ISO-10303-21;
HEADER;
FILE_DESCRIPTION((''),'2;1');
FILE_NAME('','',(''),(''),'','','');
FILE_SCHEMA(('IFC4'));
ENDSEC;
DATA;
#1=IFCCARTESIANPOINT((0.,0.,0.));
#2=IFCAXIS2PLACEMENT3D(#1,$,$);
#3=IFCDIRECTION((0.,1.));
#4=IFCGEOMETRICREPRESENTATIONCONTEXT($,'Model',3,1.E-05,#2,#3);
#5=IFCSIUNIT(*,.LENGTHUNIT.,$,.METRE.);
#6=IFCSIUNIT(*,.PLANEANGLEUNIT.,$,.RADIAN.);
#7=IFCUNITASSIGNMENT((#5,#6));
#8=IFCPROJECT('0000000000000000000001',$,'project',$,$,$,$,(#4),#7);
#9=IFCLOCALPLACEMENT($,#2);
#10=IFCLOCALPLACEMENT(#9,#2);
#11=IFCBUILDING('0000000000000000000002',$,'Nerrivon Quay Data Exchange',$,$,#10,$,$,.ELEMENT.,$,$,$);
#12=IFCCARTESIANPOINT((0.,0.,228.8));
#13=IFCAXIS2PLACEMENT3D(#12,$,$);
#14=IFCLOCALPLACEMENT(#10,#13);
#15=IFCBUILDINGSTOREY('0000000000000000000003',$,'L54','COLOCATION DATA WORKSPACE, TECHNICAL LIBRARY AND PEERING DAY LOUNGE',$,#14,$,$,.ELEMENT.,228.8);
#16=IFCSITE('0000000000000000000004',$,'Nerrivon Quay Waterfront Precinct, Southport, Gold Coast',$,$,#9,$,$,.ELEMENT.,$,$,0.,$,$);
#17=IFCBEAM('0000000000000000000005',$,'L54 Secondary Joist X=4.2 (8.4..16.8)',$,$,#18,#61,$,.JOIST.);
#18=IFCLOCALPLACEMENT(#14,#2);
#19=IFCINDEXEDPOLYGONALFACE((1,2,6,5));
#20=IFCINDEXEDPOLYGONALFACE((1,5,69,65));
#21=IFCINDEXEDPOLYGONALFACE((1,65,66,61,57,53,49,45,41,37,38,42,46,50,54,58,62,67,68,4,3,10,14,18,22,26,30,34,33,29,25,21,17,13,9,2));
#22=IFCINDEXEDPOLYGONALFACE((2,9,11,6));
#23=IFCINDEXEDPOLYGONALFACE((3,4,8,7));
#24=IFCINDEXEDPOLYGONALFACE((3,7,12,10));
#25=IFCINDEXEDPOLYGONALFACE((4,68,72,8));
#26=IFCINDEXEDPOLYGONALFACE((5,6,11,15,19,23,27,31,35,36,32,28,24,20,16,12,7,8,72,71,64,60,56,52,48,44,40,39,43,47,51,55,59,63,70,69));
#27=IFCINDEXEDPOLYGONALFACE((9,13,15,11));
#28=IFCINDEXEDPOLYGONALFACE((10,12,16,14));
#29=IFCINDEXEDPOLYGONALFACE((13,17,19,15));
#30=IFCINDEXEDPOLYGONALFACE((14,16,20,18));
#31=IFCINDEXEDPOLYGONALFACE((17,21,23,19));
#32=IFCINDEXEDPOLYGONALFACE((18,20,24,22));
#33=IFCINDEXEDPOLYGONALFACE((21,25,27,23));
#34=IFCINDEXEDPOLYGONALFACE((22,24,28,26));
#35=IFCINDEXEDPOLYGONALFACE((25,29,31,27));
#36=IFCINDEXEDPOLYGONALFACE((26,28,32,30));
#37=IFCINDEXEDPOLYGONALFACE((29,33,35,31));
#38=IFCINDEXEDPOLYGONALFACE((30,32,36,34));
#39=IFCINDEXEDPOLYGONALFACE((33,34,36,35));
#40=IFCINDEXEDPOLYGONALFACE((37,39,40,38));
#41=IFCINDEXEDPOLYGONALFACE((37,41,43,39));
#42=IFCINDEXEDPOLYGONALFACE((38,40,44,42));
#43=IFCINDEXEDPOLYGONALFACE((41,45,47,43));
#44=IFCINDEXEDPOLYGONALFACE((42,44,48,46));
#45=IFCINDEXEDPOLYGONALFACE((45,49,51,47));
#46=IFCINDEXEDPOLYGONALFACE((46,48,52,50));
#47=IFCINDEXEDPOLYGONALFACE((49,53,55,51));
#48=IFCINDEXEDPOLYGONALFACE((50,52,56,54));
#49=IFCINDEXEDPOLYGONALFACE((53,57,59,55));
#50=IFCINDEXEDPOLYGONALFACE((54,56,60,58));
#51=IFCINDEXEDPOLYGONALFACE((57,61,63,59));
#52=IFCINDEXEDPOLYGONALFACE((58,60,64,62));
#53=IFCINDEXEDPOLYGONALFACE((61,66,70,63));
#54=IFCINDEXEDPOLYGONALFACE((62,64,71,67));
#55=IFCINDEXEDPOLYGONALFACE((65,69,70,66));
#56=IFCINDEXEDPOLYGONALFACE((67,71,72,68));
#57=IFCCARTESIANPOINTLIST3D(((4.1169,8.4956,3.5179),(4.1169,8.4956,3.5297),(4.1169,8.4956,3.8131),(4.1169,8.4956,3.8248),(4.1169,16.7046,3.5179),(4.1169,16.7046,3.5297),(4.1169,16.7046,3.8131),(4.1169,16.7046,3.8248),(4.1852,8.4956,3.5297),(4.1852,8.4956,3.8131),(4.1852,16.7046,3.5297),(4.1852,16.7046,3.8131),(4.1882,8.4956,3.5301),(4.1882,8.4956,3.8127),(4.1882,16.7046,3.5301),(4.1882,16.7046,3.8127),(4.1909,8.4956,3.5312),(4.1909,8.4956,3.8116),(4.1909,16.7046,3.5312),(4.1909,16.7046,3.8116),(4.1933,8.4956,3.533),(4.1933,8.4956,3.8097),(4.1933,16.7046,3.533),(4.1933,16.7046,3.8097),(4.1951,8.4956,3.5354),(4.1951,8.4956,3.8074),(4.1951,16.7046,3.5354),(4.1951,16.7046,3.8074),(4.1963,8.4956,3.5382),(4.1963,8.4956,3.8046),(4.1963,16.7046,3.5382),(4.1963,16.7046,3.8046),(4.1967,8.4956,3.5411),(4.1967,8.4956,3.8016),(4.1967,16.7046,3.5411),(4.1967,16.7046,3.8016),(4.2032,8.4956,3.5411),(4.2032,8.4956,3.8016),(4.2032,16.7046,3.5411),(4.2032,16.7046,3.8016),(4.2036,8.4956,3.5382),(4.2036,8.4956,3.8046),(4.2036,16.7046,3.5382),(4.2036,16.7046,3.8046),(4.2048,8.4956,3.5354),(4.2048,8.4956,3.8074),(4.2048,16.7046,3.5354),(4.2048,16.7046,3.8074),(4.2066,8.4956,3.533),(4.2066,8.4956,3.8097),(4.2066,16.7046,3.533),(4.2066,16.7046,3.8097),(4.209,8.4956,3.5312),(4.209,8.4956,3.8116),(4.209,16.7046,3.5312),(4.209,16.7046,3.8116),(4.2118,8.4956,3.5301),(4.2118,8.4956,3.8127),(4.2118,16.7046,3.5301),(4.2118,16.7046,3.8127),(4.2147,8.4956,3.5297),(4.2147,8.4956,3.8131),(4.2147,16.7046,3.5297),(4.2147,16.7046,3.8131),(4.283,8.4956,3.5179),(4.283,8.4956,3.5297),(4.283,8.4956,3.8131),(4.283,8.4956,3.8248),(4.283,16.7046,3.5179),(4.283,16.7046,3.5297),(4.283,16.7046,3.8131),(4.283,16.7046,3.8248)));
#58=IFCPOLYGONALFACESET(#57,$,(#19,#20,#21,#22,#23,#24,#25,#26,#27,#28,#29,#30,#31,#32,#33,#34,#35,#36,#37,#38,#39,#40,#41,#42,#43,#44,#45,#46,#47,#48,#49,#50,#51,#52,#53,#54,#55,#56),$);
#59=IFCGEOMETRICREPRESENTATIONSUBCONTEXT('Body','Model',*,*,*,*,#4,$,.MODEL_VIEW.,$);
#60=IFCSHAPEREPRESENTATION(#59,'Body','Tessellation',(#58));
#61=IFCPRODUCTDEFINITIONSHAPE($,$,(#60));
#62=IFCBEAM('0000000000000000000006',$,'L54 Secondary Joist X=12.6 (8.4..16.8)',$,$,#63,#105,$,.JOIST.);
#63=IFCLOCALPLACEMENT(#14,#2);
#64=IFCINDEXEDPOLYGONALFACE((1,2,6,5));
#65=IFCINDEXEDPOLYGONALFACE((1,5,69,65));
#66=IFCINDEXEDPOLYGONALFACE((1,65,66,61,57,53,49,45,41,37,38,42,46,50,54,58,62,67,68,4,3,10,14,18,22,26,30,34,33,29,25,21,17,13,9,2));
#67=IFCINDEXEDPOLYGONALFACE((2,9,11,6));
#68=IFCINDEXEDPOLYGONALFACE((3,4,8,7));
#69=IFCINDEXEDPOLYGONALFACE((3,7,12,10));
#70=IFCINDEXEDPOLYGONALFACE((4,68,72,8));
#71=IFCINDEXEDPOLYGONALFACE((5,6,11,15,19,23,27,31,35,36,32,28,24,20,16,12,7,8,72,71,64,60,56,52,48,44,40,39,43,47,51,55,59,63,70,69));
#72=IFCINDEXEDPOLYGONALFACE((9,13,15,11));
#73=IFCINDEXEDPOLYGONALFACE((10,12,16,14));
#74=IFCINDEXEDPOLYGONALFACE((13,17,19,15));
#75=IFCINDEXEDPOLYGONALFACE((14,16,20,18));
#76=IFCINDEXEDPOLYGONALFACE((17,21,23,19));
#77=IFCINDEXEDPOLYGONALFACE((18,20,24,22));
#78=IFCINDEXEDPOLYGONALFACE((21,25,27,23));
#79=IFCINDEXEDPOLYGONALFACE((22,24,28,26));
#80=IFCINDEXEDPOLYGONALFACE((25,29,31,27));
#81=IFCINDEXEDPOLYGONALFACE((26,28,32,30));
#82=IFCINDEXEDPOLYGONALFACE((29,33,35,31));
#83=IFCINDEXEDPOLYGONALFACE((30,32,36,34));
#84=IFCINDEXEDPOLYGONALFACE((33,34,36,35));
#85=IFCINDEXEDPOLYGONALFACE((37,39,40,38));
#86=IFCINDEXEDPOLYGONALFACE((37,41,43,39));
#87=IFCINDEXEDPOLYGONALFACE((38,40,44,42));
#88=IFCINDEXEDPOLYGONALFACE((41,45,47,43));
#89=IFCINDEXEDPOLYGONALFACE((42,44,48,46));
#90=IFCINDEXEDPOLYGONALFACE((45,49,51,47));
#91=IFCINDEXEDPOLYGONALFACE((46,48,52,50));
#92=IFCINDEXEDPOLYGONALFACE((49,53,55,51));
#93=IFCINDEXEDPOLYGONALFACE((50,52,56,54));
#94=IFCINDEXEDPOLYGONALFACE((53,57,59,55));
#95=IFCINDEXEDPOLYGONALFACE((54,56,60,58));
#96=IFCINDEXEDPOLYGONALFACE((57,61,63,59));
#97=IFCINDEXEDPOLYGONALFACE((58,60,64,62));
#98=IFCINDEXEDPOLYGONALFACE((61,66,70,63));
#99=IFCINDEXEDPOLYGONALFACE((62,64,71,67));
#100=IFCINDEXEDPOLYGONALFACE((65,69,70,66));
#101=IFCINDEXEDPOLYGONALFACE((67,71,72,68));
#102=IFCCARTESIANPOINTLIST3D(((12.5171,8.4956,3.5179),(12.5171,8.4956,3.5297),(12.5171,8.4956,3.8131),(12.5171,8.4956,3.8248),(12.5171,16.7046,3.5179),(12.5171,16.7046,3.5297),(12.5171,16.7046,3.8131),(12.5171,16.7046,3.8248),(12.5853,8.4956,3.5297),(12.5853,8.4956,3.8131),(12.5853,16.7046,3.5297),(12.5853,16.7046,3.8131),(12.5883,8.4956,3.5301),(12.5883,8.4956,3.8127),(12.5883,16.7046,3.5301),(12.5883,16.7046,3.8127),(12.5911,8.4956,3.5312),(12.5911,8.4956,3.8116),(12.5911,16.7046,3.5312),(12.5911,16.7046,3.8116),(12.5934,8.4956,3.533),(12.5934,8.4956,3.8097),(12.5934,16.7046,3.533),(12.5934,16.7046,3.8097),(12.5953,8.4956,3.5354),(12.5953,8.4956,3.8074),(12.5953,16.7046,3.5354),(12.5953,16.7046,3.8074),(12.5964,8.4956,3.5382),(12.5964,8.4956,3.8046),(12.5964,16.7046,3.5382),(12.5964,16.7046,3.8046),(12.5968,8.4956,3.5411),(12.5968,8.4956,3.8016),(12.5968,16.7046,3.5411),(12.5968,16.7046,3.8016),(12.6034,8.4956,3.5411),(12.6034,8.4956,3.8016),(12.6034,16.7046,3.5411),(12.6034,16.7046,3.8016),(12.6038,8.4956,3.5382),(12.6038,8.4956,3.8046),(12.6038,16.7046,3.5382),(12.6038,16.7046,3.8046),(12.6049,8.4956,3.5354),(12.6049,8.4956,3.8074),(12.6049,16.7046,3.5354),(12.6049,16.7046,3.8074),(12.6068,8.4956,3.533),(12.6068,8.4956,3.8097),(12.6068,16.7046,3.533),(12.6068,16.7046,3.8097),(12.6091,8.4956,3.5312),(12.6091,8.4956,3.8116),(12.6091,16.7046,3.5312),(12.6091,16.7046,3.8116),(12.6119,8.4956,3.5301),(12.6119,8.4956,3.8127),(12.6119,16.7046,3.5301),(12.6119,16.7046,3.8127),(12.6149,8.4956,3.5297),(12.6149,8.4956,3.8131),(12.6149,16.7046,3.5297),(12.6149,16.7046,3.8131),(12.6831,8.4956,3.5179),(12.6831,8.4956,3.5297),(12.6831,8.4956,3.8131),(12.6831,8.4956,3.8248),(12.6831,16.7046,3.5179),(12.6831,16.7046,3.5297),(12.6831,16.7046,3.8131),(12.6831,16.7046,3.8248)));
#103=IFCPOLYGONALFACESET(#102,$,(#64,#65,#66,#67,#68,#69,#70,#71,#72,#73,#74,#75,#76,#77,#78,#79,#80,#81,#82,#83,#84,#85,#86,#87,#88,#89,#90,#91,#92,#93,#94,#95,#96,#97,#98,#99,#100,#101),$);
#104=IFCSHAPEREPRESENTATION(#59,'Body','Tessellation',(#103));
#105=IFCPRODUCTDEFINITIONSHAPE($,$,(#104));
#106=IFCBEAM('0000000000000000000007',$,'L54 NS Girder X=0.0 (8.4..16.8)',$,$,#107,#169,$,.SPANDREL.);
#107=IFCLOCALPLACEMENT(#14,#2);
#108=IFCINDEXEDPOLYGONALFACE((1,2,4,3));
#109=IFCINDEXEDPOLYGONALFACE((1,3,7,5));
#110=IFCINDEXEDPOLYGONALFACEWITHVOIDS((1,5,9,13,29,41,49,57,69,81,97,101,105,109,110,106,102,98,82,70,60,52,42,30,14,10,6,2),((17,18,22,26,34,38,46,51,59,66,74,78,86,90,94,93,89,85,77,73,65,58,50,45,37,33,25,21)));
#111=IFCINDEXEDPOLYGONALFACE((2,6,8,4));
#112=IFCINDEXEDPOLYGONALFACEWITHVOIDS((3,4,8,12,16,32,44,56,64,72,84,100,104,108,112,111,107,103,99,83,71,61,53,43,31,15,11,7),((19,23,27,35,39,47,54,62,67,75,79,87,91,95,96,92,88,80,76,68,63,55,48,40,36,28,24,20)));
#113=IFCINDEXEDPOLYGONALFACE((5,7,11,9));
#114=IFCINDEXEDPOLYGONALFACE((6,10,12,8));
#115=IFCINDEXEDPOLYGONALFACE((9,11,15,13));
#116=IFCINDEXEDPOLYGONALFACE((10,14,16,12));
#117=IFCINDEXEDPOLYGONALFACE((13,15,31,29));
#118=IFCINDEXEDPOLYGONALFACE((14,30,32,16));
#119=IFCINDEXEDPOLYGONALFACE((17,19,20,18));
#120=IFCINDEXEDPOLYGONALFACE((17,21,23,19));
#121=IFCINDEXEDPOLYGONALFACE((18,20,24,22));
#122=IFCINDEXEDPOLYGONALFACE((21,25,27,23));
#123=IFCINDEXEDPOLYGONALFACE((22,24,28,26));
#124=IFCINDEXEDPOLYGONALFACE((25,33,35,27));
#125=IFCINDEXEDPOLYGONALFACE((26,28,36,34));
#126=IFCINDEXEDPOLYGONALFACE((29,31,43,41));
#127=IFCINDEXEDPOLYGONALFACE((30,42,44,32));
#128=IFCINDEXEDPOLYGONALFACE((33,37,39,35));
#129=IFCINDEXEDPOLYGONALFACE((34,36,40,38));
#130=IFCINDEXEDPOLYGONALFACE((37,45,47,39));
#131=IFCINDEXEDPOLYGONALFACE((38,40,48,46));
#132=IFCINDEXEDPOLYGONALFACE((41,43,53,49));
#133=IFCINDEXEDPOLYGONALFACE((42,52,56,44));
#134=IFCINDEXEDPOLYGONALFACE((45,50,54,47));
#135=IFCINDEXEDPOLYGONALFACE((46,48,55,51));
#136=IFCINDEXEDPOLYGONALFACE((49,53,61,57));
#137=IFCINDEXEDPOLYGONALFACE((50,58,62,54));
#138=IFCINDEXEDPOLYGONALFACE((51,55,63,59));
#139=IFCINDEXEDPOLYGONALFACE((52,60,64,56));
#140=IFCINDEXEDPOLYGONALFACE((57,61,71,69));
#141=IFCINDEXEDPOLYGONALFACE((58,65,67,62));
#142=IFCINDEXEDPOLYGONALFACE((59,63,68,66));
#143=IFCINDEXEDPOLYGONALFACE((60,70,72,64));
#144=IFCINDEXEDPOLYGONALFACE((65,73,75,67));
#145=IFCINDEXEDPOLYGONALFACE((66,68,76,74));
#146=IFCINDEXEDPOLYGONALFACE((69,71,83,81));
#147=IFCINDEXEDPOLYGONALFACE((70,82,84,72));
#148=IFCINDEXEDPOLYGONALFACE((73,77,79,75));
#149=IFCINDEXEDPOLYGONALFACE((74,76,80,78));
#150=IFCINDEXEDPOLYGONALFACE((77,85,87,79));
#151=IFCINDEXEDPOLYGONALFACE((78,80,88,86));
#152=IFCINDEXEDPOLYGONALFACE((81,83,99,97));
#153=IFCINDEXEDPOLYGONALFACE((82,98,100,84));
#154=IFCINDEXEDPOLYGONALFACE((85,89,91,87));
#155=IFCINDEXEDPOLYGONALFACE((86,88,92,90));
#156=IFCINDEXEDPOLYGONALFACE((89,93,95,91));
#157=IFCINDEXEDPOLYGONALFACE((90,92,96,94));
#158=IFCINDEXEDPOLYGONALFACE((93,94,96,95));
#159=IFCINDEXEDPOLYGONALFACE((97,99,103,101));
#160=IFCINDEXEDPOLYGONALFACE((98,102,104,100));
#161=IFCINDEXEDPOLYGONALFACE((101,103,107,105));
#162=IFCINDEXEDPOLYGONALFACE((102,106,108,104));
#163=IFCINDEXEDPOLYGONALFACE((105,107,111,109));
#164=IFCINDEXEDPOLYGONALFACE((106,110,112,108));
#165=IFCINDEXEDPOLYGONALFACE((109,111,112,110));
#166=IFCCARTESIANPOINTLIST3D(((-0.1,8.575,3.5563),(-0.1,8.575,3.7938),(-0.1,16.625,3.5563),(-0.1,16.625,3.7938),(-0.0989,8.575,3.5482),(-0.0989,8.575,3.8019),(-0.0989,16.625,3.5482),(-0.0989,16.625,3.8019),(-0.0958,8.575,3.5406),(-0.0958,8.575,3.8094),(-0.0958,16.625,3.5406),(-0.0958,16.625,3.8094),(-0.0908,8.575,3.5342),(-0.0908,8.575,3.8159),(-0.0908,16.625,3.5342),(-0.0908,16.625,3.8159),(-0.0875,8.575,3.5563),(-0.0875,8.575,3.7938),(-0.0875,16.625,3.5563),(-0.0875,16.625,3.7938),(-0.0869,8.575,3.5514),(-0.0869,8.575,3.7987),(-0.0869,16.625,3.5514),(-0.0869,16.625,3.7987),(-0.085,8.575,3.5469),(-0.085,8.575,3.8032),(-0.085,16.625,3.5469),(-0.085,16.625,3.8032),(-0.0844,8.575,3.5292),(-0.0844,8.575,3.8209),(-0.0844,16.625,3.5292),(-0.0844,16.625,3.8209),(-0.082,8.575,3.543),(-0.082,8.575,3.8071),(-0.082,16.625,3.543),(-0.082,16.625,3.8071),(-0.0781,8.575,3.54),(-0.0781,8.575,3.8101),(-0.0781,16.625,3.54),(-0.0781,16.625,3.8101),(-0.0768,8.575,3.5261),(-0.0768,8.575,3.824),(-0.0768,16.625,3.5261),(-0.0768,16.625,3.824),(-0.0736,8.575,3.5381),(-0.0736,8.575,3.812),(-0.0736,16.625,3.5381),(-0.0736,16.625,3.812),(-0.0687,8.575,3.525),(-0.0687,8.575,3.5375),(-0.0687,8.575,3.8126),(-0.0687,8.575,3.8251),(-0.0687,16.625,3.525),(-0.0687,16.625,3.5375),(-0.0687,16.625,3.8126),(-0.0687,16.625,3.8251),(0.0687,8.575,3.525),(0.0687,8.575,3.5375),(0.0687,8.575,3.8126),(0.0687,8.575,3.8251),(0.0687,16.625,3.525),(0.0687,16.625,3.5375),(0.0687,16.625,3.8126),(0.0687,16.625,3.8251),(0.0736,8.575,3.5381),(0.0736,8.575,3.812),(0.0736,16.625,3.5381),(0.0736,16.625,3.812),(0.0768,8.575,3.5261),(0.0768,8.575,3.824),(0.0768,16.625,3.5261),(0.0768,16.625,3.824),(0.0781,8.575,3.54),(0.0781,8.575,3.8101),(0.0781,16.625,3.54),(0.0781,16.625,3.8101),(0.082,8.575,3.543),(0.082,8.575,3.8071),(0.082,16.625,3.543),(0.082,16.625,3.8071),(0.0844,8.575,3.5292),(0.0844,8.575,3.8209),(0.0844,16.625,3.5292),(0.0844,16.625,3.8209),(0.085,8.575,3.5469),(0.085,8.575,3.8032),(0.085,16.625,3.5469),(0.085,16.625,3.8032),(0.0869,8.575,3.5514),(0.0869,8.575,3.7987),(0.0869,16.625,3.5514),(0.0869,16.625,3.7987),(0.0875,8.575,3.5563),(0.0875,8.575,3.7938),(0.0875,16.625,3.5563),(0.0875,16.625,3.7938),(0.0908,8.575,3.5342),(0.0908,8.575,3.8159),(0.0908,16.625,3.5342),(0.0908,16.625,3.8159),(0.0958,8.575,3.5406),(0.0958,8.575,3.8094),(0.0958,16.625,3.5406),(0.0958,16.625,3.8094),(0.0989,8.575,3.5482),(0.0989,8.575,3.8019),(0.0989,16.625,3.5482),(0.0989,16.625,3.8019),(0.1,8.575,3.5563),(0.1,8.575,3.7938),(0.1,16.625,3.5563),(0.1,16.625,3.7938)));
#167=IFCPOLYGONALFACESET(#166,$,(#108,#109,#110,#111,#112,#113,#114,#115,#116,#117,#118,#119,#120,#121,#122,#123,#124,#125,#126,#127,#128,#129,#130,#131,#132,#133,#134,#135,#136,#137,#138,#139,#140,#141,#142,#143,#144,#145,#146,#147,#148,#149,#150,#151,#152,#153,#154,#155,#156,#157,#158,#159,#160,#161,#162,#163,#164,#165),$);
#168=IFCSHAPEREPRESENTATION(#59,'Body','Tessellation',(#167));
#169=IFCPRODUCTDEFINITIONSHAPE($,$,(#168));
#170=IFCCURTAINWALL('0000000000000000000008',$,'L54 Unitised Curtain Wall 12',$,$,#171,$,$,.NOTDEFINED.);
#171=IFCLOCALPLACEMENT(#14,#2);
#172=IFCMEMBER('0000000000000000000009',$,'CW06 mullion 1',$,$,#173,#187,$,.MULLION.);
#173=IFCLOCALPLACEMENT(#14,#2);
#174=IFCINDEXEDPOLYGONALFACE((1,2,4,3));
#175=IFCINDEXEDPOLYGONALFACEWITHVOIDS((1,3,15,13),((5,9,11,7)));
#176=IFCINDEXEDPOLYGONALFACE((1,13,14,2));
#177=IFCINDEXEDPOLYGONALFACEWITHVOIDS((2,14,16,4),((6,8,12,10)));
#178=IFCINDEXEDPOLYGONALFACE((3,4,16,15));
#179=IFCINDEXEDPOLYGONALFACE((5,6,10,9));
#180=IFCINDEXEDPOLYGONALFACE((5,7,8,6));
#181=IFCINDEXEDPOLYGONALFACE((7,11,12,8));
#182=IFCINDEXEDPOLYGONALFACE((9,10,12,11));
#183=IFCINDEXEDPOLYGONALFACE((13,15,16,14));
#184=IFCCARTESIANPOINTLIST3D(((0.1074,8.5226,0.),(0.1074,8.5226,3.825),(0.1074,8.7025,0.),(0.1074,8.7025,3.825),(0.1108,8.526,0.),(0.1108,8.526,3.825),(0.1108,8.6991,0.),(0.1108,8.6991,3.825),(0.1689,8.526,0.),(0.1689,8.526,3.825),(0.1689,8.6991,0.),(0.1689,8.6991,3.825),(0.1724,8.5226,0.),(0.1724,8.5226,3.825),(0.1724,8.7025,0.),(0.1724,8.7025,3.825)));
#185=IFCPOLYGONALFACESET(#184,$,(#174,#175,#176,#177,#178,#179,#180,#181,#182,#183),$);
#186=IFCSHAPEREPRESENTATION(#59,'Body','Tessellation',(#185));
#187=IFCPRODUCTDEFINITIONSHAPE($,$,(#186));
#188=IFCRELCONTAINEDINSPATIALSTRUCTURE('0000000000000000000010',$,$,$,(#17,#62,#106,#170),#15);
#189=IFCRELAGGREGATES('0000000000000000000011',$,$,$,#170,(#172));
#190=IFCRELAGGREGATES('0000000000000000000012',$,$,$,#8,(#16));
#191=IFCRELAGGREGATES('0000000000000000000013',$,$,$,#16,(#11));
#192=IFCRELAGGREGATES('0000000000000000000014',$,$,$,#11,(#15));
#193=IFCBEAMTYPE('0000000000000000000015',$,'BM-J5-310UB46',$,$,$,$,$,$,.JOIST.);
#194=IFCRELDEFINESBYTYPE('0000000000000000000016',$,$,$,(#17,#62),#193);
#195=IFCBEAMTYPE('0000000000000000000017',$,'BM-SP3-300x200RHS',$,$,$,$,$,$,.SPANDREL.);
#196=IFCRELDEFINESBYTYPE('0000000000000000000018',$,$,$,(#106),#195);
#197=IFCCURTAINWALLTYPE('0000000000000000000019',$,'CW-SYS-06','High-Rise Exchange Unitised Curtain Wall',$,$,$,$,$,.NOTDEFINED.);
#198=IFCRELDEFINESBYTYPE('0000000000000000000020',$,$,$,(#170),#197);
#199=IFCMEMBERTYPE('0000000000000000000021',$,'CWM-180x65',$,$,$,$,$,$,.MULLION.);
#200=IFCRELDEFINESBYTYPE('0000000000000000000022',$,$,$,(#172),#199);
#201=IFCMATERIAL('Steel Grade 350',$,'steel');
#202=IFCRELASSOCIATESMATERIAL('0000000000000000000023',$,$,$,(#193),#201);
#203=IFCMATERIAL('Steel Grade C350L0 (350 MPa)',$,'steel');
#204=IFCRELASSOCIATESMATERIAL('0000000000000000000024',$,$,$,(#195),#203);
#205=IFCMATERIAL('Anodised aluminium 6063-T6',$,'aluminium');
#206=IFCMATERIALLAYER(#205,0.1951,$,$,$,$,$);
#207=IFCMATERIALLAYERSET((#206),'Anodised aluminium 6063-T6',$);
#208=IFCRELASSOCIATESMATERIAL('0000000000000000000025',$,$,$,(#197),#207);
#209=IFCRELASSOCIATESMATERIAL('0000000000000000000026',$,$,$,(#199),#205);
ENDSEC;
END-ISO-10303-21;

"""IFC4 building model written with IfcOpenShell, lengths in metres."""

from ifc_helpers import new_model, si_unit, direction, frame, origin, origin_2d, place, context, subcontext, project, spatial, hollow_rectangle, i_section, extrude, material, layer, layer_set, material_profile, profile_set, type_object, element, aggregate, save


model = new_model("IFC4")

# Units and contexts
model_context = context("Model", 3, precision=1e-05, world=origin(), true_north=direction((0.0, 1.0)))
body_context = subcontext(model_context, "Body", "Model", "MODEL_VIEW")
ifc_project = project(units=[si_unit("LENGTHUNIT", "METRE"), si_unit("PLANEANGLEUNIT", "RADIAN")], contexts=[model_context])

# Site, building, storey
site_placement = place(None, origin())
site = spatial("IfcSite", under=ifc_project, at=site_placement, Name="Nerrivon Quay Waterfront Precinct, Southport, Gold Coast", CompositionType="ELEMENT", RefElevation=0.0)
building_placement = place(site_placement, origin())
building = spatial("IfcBuilding", under=site, at=building_placement, Name="Nerrivon Quay Data Exchange", CompositionType="ELEMENT")
storey_placement = place(building_placement, frame((0.0, 0.0, 228.8)))
storey = spatial("IfcBuildingStorey", under=building, at=storey_placement, Name="L54", Description="COLOCATION DATA WORKSPACE, TECHNICAL LIBRARY AND PEERING DAY LOUNGE", CompositionType="ELEMENT", Elevation=228.8)

# Shared definitions
ifc_material_1 = material(Name="Steel Grade 350", Category="steel")

# Beams
ifc_material_profile_1 = material_profile(ifc_material_1, i_section(OverallWidth=0.166, OverallDepth=0.3069, WebThickness=0.0066, FlangeThickness=0.0117, FilletRadius=0.0115, at=origin_2d()), Name="310UB46.2")
ifc_profile_set_1 = profile_set([ifc_material_profile_1], Name="Steel Grade 350")
beam_type_1 = type_object("IfcBeamType", Name="BM-J5-310UB46", PredefinedType="JOIST", material=ifc_profile_set_1)
for number, where, z_axis, x_axis, name in (
    (1, (4.2, 8.4956, 3.6714), (0.0, 1.0, 0.0), (-1.0, 0.0, 0.0), "L54 Secondary Joist X=4.2 (8.4..16.8)"),
    (2, (12.6001, 8.4956, 3.6714), (0.0, 1.0, 0.0), (-1.0, 0.0, 0.0), "L54 Secondary Joist X=12.6 (8.4..16.8)"),
):
    element("IfcBeam", number, at=place(storey_placement, frame(where, z_axis=z_axis, x_axis=x_axis)), inside=storey, type_object=beam_type_1, Name=name, PredefinedType="JOIST", context=body_context, shape_type="SweptSolid", body=[
        extrude(i_section(OverallWidth=0.166, OverallDepth=0.3069, WebThickness=0.0066, FlangeThickness=0.0117, FilletRadius=0.0115, at=origin_2d()), origin(), (0.0, 0.0, 1.0), 8.209),
    ])
ifc_material_2 = material(Name="Steel Grade C350L0 (350 MPa)", Category="steel")
ifc_material_profile_2 = material_profile(ifc_material_2, hollow_rectangle(XDim=0.2, YDim=0.3, WallThickness=0.0125, InnerFilletRadius=0.0188, OuterFilletRadius=0.0312, at=origin_2d()), Name="300x200x12.5RHS")
ifc_profile_set_2 = profile_set([ifc_material_profile_2], Name="Steel Grade C350L0 (350 MPa)")
beam_type_2 = type_object("IfcBeamType", Name="BM-SP3-300x200RHS", PredefinedType="SPANDREL", material=ifc_profile_set_2)
beam_1_placement = place(storey_placement, frame((0.0, 8.575, 3.675), z_axis=(0.0, 1.0, 0.0), x_axis=(-1.0, 0.0, 0.0)))
element("IfcBeam", 3, at=beam_1_placement, inside=storey, type_object=beam_type_2, Name="L54 NS Girder X=0.0 (8.4..16.8)", PredefinedType="SPANDREL", context=body_context, shape_type="SweptSolid", body=[
    extrude(hollow_rectangle(XDim=0.2, YDim=0.3, WallThickness=0.0125, InnerFilletRadius=0.0188, OuterFilletRadius=0.0312, at=origin_2d()), origin(), (0.0, 0.0, 1.0), 8.05),
])

# Curtain wall, member
ifc_material_3 = material(Name="Anodised aluminium 6063-T6", Category="aluminium")
ifc_layer_1 = layer(ifc_material_3, 0.1951)
ifc_layer_set_1 = layer_set([ifc_layer_1], Name="Anodised aluminium 6063-T6")
curtain_wall_type = type_object("IfcCurtainWallType", Name="CW-SYS-06", Description="High-Rise Exchange Unitised Curtain Wall", PredefinedType="NOTDEFINED", material=ifc_layer_set_1)
curtain_wall_placement = place(storey_placement, origin())
curtain_wall = element("IfcCurtainWall", 4, at=curtain_wall_placement, inside=storey, type_object=curtain_wall_type, Name="L54 Unitised Curtain Wall 12", PredefinedType="NOTDEFINED")
ifc_material_profile_3 = material_profile(ifc_material_3, hollow_rectangle(XDim=0.0649, YDim=0.1799, WallThickness=0.0034, at=origin_2d()), Name="ALU-MULL-180x65")
ifc_profile_set_3 = profile_set([ifc_material_profile_3], Name="Anodised aluminium 6063-T6")
member_type_1 = type_object("IfcMemberType", Name="CWM-180x65", PredefinedType="MULLION", material=ifc_profile_set_3)
member_1_placement = place(storey_placement, frame((0.1399, 8.6125, 0.0), z_axis=(0.0, 0.0, 1.0), x_axis=(-1.0, 0.0, 0.0)))
member_1 = element("IfcMember", 5, at=member_1_placement, type_object=member_type_1, Name="CW06 mullion 1", PredefinedType="MULLION", context=body_context, shape_type="SweptSolid", body=[
    extrude(hollow_rectangle(XDim=0.0649, YDim=0.1799, WallThickness=0.0034, at=origin_2d()), origin(), (0.0, 0.0, 1.0), 3.825),
])
aggregate(curtain_wall, [member_1])

save(model, "model.ifc")
